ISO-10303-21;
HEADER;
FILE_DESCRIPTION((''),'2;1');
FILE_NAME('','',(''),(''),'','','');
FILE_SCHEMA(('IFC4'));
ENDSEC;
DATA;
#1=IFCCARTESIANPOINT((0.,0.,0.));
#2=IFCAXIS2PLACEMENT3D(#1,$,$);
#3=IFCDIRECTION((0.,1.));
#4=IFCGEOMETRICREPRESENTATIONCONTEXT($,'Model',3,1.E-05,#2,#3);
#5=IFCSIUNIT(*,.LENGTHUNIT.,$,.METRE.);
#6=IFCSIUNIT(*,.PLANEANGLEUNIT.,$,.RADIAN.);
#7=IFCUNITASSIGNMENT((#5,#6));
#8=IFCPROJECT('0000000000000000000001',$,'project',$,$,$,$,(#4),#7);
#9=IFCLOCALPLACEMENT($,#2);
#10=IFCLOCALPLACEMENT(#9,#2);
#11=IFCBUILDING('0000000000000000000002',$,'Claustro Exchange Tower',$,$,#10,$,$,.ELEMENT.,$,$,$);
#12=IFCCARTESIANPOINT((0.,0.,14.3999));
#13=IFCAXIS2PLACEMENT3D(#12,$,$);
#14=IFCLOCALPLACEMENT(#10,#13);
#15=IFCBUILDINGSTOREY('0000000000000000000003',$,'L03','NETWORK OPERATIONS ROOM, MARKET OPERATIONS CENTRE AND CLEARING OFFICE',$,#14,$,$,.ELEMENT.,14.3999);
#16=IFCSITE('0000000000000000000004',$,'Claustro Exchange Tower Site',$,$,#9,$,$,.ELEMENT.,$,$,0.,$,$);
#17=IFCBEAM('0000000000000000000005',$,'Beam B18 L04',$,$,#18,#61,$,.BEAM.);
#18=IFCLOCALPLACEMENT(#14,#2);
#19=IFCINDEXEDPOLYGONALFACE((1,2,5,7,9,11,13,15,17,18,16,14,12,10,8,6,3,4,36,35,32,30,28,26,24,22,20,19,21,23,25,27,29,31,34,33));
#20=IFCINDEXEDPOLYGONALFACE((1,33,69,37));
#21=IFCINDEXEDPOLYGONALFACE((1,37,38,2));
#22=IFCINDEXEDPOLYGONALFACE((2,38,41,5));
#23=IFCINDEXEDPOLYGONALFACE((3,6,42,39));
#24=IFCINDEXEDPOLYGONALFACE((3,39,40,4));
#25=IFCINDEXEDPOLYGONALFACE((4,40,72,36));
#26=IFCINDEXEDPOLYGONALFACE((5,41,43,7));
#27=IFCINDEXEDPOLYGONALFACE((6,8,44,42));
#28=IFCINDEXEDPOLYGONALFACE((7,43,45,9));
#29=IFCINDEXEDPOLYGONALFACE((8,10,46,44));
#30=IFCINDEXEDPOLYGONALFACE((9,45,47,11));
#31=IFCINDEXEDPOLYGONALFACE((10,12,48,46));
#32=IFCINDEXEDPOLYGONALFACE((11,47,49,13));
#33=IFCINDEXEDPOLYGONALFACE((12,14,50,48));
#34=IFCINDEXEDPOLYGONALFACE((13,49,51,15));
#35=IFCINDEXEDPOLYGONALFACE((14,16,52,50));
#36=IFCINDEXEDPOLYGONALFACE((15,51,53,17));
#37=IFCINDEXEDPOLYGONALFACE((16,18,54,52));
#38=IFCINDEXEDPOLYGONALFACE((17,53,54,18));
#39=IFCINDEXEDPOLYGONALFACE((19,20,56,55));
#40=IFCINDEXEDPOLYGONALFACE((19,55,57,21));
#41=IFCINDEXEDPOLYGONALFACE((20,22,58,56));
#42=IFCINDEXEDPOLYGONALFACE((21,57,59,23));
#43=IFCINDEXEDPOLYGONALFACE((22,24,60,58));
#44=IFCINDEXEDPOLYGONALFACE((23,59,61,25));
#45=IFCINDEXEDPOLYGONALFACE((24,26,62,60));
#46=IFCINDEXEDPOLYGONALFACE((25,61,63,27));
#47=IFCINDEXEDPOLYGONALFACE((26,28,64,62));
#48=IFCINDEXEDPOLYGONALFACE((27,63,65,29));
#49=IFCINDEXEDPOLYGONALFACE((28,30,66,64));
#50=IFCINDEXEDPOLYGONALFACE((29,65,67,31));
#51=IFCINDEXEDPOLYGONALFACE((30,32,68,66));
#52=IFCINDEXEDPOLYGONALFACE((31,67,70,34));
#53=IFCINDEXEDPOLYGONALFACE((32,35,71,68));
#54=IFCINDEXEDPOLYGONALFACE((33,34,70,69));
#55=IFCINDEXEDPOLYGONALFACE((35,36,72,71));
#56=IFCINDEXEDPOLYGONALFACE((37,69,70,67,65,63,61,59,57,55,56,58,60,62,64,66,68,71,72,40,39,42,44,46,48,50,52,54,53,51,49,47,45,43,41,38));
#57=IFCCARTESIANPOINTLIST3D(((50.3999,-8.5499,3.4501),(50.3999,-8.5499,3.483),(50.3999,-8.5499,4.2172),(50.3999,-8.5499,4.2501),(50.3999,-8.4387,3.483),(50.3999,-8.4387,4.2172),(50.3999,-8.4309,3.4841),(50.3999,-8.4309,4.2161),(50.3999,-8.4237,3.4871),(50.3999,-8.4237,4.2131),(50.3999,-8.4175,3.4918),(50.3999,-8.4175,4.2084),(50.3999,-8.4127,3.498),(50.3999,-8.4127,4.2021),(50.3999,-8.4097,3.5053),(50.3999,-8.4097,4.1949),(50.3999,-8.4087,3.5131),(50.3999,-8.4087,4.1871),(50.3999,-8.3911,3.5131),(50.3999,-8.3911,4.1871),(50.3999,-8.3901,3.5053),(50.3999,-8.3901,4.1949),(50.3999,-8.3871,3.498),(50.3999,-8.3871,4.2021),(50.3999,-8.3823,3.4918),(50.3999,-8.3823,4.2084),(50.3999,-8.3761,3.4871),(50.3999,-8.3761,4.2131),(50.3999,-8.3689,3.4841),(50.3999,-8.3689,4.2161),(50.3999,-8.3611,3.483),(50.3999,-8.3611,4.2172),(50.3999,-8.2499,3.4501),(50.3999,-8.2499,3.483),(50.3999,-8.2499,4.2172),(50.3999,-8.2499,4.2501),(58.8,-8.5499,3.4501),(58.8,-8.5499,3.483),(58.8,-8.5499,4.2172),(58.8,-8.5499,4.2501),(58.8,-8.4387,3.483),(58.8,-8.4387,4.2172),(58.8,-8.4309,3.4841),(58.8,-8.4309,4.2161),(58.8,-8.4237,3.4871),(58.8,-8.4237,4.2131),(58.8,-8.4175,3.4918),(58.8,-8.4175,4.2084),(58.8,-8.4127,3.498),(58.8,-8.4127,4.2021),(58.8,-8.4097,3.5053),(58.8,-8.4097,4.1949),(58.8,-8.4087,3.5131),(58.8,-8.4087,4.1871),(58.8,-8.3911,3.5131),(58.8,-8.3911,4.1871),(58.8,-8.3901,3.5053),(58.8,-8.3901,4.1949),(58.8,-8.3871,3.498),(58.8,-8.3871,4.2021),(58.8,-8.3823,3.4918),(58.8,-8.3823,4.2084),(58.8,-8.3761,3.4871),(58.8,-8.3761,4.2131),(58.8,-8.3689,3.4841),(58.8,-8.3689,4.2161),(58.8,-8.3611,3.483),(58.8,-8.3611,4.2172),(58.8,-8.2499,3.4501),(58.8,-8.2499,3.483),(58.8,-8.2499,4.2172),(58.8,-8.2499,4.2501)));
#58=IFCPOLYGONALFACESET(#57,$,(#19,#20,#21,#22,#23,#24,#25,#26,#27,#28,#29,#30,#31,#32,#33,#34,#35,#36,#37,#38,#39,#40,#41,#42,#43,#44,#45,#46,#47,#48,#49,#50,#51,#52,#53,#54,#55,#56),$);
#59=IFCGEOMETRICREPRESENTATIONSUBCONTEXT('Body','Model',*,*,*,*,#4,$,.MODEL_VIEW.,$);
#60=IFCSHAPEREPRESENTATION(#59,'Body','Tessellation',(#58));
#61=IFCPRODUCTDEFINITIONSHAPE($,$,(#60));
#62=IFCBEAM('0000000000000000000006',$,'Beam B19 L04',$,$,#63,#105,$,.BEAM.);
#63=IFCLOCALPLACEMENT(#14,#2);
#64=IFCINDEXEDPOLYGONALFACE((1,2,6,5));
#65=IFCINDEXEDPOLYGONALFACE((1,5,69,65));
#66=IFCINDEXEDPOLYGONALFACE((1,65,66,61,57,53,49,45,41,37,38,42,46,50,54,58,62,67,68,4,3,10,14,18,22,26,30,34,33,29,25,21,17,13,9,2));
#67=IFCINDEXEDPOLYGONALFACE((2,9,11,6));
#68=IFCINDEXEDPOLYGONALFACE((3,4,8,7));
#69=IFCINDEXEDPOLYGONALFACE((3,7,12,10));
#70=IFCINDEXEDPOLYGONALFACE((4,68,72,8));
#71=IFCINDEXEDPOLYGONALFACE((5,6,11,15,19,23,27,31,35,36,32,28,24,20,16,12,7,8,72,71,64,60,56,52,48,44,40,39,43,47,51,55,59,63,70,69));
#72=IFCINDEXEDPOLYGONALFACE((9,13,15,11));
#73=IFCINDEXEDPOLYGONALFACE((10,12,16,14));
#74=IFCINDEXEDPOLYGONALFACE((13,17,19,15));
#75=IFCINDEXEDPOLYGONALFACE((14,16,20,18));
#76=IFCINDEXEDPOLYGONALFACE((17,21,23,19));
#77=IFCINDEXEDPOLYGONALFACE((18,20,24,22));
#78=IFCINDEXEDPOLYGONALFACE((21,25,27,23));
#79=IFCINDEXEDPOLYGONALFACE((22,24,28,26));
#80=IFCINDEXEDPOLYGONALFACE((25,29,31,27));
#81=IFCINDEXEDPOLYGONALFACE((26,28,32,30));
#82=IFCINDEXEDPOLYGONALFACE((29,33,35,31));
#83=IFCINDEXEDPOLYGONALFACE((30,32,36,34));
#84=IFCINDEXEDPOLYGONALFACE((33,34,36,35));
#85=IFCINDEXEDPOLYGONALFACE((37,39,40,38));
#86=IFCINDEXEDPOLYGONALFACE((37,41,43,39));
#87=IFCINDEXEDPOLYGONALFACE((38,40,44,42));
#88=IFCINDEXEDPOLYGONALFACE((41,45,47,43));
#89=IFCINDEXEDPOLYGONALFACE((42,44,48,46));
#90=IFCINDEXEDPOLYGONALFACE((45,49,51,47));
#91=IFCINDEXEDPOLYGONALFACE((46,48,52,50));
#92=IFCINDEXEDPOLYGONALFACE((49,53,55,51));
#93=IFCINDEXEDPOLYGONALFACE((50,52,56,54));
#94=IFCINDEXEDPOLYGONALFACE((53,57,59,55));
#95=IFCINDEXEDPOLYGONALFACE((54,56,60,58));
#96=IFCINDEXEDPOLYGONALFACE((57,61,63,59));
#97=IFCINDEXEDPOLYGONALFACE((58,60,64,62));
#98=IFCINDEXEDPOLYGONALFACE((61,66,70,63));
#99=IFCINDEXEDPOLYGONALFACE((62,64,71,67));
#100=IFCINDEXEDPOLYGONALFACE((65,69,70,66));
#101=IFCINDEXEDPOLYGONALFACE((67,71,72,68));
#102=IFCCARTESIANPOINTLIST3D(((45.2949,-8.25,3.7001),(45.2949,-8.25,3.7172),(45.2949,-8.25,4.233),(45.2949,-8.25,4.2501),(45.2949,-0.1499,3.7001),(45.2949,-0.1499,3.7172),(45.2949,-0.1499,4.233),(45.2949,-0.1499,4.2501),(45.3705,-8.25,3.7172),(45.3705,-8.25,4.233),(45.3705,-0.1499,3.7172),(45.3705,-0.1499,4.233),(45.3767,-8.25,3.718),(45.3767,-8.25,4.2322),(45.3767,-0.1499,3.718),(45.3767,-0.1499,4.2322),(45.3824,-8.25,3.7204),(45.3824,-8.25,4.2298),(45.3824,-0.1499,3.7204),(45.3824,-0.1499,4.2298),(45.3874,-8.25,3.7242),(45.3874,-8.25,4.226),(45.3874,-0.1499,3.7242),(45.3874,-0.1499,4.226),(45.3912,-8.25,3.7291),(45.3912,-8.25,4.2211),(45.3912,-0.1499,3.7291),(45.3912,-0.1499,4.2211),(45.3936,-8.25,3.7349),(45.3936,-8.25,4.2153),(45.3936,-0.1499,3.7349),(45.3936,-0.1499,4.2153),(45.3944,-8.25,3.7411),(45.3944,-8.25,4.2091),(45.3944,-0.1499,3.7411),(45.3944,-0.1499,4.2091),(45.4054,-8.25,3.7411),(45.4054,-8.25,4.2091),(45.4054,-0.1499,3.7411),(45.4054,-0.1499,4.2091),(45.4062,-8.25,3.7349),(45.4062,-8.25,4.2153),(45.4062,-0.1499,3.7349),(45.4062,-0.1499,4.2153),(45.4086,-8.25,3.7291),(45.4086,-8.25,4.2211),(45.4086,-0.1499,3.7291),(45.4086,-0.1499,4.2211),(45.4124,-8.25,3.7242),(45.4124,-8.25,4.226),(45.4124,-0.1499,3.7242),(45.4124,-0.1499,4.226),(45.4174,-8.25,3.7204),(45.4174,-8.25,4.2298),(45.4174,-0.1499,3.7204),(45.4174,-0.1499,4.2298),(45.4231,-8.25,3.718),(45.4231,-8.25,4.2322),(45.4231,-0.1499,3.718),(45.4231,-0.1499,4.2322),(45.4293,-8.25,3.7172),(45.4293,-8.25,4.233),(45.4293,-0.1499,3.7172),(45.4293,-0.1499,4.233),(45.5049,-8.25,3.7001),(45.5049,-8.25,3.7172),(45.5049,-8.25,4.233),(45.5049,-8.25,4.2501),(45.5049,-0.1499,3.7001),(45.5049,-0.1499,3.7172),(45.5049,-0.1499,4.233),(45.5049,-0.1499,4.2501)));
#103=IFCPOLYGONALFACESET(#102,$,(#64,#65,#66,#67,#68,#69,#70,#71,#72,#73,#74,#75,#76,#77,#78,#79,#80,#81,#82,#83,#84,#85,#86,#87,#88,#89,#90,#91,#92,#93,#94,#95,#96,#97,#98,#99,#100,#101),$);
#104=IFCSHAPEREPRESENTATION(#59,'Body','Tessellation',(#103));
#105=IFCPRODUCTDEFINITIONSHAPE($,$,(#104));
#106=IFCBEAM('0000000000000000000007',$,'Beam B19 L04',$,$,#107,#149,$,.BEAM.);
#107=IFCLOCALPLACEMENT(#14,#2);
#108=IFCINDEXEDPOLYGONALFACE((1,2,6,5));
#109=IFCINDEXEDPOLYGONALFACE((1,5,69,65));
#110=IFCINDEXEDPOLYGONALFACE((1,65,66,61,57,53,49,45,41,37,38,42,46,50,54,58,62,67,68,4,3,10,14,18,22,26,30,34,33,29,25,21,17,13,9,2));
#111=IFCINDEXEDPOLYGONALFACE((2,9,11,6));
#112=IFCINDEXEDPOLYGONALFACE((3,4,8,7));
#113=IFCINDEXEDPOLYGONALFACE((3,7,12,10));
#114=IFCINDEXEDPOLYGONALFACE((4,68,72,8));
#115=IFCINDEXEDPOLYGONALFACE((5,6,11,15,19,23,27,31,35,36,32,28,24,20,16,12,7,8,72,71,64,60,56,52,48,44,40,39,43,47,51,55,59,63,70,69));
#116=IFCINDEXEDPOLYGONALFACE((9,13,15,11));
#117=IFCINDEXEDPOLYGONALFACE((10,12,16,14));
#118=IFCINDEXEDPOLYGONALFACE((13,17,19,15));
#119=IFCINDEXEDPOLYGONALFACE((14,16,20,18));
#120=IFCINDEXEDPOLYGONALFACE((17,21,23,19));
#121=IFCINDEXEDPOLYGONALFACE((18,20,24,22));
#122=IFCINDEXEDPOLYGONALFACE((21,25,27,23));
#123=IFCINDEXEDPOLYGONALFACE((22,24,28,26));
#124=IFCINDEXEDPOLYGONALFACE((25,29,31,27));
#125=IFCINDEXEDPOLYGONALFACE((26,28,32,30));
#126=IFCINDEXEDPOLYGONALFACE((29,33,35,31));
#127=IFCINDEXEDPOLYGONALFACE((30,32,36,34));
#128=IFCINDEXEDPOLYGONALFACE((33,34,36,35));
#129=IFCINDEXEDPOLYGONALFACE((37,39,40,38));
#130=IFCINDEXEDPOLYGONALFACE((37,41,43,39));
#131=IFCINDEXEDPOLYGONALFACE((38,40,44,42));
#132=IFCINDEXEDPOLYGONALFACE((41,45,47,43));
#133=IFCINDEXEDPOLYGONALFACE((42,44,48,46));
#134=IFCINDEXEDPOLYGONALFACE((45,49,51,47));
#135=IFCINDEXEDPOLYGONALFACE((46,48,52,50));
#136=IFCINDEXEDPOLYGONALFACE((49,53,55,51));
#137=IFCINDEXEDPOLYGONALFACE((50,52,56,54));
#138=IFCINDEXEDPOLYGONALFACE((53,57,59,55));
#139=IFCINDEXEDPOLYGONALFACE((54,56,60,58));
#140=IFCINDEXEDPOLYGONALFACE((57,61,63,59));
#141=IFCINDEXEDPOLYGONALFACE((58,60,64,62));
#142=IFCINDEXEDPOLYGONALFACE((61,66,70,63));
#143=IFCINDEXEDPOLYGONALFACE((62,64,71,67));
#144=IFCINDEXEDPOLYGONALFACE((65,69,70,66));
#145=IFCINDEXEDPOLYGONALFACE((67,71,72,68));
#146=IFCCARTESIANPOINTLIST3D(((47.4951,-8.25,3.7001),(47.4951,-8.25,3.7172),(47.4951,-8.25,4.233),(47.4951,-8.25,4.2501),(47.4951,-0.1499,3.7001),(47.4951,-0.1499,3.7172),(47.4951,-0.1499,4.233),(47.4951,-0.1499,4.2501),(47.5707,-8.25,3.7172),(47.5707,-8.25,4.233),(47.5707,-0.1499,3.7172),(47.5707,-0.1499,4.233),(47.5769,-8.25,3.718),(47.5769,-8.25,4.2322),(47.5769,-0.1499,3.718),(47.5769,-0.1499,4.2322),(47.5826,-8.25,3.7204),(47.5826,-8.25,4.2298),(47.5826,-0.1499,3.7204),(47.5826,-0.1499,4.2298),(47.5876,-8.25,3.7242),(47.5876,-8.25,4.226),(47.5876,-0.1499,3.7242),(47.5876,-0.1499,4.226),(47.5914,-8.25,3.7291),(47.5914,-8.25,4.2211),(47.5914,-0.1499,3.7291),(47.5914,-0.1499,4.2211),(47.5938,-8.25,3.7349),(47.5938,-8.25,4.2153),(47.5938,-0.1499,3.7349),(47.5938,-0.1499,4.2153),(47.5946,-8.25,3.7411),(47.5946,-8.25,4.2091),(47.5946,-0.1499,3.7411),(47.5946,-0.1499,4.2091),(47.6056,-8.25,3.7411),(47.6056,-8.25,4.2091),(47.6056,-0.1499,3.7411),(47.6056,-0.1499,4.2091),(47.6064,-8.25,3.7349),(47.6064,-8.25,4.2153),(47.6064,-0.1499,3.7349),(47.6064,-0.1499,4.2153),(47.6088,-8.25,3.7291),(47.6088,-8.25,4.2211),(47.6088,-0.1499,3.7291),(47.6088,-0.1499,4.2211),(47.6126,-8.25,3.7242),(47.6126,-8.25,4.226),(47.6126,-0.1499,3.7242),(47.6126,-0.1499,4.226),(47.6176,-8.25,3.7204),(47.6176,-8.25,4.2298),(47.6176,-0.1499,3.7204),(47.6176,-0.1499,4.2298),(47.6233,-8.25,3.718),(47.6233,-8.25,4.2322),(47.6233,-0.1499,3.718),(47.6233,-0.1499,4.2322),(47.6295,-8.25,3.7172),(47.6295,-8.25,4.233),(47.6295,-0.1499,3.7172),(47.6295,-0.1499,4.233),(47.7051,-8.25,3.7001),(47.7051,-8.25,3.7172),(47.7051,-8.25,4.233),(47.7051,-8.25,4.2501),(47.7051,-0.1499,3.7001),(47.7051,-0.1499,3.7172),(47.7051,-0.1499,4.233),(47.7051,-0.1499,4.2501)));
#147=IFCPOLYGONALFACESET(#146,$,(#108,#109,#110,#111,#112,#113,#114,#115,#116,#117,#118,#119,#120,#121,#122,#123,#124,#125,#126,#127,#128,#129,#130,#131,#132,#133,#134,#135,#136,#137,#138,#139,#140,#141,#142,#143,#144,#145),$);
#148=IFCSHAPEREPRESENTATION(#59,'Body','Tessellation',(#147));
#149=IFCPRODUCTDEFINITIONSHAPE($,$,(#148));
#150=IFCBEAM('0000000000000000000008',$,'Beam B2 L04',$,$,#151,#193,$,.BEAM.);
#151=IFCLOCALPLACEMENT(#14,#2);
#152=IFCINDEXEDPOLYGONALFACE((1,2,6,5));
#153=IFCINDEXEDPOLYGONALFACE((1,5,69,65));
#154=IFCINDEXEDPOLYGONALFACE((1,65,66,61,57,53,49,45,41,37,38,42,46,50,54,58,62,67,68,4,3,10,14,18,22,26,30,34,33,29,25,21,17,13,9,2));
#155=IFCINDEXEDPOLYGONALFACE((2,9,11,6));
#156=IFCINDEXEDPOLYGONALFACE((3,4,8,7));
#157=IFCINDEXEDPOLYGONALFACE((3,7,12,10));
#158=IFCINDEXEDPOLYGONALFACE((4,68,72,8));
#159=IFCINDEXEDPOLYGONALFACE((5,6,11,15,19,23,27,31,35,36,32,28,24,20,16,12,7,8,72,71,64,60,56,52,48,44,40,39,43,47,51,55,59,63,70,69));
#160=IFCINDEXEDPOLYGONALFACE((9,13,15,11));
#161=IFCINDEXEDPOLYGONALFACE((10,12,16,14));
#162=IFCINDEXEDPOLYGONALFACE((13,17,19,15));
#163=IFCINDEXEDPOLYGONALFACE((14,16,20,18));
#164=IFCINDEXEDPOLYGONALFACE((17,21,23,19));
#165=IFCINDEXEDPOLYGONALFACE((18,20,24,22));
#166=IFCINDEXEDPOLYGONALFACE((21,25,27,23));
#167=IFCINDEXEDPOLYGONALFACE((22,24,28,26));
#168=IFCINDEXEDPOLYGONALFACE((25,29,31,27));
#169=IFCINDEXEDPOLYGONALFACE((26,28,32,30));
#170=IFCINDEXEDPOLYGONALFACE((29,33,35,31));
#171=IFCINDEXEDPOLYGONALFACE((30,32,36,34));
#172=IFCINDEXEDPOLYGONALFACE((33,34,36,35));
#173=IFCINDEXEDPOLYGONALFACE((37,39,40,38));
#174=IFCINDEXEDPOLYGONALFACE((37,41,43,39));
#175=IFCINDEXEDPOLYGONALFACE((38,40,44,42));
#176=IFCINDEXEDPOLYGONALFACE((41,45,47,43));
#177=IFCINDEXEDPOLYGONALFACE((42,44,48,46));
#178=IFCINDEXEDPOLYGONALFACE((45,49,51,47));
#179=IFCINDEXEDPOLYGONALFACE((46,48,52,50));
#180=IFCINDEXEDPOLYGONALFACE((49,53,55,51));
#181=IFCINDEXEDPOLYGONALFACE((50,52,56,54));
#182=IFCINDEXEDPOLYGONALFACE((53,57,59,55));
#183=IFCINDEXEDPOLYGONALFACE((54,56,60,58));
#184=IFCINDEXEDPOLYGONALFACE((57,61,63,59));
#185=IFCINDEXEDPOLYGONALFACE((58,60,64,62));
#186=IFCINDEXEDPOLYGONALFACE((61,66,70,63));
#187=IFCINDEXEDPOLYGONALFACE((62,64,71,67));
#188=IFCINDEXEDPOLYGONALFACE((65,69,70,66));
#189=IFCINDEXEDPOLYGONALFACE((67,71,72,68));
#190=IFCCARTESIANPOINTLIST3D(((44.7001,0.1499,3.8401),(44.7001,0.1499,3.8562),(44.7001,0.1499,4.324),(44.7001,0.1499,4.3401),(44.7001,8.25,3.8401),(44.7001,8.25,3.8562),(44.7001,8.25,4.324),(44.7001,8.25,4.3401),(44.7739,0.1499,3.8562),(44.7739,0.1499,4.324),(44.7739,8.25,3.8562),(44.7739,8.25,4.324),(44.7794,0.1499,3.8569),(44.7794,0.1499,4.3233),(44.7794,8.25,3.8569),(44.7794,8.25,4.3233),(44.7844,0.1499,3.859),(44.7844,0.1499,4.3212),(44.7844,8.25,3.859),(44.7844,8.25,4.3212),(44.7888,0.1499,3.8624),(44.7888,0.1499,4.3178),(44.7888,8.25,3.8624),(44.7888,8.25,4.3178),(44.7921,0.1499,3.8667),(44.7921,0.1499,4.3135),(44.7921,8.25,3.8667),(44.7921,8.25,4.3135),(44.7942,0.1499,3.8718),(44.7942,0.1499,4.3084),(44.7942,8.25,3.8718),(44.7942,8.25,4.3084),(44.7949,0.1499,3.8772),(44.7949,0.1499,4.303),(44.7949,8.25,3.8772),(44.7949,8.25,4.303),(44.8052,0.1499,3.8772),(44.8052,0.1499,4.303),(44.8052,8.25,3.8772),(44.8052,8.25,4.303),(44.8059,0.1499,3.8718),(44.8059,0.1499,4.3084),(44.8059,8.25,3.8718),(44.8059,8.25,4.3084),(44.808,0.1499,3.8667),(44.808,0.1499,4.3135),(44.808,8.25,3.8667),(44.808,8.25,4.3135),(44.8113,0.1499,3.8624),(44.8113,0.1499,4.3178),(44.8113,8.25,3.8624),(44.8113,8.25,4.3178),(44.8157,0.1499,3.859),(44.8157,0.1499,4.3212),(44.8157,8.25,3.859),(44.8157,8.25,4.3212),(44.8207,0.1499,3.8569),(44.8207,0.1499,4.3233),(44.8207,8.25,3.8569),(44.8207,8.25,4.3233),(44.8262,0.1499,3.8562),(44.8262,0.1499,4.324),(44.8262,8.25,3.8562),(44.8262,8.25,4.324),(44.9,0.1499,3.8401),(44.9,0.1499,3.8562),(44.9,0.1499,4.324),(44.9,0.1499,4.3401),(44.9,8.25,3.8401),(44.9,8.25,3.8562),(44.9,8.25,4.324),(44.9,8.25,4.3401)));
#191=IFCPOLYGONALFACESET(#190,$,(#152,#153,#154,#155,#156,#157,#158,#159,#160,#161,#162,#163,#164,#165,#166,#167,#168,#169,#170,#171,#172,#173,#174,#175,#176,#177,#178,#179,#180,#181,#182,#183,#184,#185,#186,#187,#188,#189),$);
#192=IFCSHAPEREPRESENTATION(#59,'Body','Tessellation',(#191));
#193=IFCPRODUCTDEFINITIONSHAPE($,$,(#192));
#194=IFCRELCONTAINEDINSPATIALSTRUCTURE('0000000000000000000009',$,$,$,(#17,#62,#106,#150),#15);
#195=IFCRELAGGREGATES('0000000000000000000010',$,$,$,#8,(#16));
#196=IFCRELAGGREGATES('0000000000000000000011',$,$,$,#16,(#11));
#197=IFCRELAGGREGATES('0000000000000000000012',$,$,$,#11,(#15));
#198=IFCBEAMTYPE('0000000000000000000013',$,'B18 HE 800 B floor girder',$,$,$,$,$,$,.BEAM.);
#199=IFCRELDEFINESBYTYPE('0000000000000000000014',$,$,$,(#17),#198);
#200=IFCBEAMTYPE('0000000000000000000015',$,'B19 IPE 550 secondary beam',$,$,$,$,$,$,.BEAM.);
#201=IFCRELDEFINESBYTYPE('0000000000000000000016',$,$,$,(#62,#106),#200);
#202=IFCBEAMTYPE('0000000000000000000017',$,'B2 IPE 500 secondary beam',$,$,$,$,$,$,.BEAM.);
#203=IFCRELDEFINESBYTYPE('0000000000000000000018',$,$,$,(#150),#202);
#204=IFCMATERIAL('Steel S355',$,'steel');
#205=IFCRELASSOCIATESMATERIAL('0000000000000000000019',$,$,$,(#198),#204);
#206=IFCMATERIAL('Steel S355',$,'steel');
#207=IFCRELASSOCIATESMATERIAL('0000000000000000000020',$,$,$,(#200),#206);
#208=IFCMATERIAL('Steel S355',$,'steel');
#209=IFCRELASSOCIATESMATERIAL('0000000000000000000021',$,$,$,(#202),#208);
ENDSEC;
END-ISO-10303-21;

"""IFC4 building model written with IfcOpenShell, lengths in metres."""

from ifc_helpers import new_model, si_unit, direction, frame, origin, origin_2d, place, context, subcontext, project, spatial, i_section, extrude, material, material_profile, profile_set, type_object, element, save


model = new_model("IFC4")

# Units and contexts
model_context = context("Model", 3, precision=1e-05, world=origin(), true_north=direction((0.0, 1.0)))
body_context = subcontext(model_context, "Body", "Model", "MODEL_VIEW")
ifc_project = project(units=[si_unit("LENGTHUNIT", "METRE"), si_unit("PLANEANGLEUNIT", "RADIAN")], contexts=[model_context])

# Site, building, storey
site_placement = place(None, origin())
site = spatial("IfcSite", under=ifc_project, at=site_placement, Name="Claustro Exchange Tower Site", CompositionType="ELEMENT", RefElevation=0.0)
building_placement = place(site_placement, origin())
building = spatial("IfcBuilding", under=site, at=building_placement, Name="Claustro Exchange Tower", CompositionType="ELEMENT")
storey_placement = place(building_placement, frame((0.0, 0.0, 14.3999)))
storey = spatial("IfcBuildingStorey", under=building, at=storey_placement, Name="L03", Description="NETWORK OPERATIONS ROOM, MARKET OPERATIONS CENTRE AND CLEARING OFFICE", CompositionType="ELEMENT", Elevation=14.3999)

# Beams
ifc_material_1 = material(Name="Steel S355", Category="steel")
ifc_material_profile_1 = material_profile(ifc_material_1, i_section(OverallWidth=0.3, OverallDepth=0.8, WebThickness=0.0176, FlangeThickness=0.033, FilletRadius=0.03, at=origin_2d()), Name="HE 800 B")
ifc_profile_set_1 = profile_set([ifc_material_profile_1], Name="Steel S355")
beam_type_1 = type_object("IfcBeamType", Name="B18 HE 800 B floor girder", PredefinedType="BEAM", material=ifc_profile_set_1)
beam_1_placement = place(storey_placement, frame((50.3999, -8.3999, 3.8501), z_axis=(1.0, 0.0, 0.0), x_axis=(0.0, 1.0, 0.0)))
element("IfcBeam", 1, at=beam_1_placement, inside=storey, type_object=beam_type_1, Name="Beam B18 L04", PredefinedType="BEAM", context=body_context, shape_type="SweptSolid", body=[
    extrude(i_section(OverallWidth=0.3, OverallDepth=0.8, WebThickness=0.0176, FlangeThickness=0.033, FilletRadius=0.03, at=origin_2d()), origin(), (0.0, 0.0, 1.0), 8.4001),
])
ifc_material_2 = material(Name="Steel S355", Category="steel")
ifc_material_profile_2 = material_profile(ifc_material_2, i_section(OverallWidth=0.21, OverallDepth=0.55, WebThickness=0.011, FlangeThickness=0.0171, FilletRadius=0.0239, at=origin_2d()), Name="IPE 550")
ifc_profile_set_2 = profile_set([ifc_material_profile_2], Name="Steel S355")
beam_type_2 = type_object("IfcBeamType", Name="B19 IPE 550 secondary beam", PredefinedType="BEAM", material=ifc_profile_set_2)
for number, where, z_axis, x_axis, name in (
    (2, (45.3999, -8.25, 3.9751), (0.0, 1.0, 0.0), (-1.0, 0.0, 0.0), "Beam B19 L04"),
    (3, (47.6001, -8.25, 3.9751), (0.0, 1.0, 0.0), (-1.0, 0.0, 0.0), "Beam B19 L04"),
):
    element("IfcBeam", number, at=place(storey_placement, frame(where, z_axis=z_axis, x_axis=x_axis)), inside=storey, type_object=beam_type_2, Name=name, PredefinedType="BEAM", context=body_context, shape_type="SweptSolid", body=[
        extrude(i_section(OverallWidth=0.21, OverallDepth=0.55, WebThickness=0.011, FlangeThickness=0.0171, FilletRadius=0.0239, at=origin_2d()), origin(), (0.0, 0.0, 1.0), 8.1001),
    ])
ifc_material_3 = material(Name="Steel S355", Category="steel")
ifc_material_profile_3 = material_profile(ifc_material_3, i_section(OverallWidth=0.2, OverallDepth=0.5, WebThickness=0.0103, FlangeThickness=0.0161, FilletRadius=0.021, at=origin_2d()), Name="IPE 500")
ifc_profile_set_3 = profile_set([ifc_material_profile_3], Name="Steel S355")
beam_type_3 = type_object("IfcBeamType", Name="B2 IPE 500 secondary beam", PredefinedType="BEAM", material=ifc_profile_set_3)
for number, where, z_axis, x_axis, name in (
    (4, (44.8, 0.1499, 4.0901), (0.0, 1.0, 0.0), (-1.0, 0.0, 0.0), "Beam B2 L04"),
):
    element("IfcBeam", number, at=place(storey_placement, frame(where, z_axis=z_axis, x_axis=x_axis)), inside=storey, type_object=beam_type_3, Name=name, PredefinedType="BEAM", context=body_context, shape_type="SweptSolid", body=[
        extrude(i_section(OverallWidth=0.2, OverallDepth=0.5, WebThickness=0.0103, FlangeThickness=0.0161, FilletRadius=0.021, at=origin_2d()), origin(), (0.0, 0.0, 1.0), 8.1001),
    ])

save(model, "model.ifc")
